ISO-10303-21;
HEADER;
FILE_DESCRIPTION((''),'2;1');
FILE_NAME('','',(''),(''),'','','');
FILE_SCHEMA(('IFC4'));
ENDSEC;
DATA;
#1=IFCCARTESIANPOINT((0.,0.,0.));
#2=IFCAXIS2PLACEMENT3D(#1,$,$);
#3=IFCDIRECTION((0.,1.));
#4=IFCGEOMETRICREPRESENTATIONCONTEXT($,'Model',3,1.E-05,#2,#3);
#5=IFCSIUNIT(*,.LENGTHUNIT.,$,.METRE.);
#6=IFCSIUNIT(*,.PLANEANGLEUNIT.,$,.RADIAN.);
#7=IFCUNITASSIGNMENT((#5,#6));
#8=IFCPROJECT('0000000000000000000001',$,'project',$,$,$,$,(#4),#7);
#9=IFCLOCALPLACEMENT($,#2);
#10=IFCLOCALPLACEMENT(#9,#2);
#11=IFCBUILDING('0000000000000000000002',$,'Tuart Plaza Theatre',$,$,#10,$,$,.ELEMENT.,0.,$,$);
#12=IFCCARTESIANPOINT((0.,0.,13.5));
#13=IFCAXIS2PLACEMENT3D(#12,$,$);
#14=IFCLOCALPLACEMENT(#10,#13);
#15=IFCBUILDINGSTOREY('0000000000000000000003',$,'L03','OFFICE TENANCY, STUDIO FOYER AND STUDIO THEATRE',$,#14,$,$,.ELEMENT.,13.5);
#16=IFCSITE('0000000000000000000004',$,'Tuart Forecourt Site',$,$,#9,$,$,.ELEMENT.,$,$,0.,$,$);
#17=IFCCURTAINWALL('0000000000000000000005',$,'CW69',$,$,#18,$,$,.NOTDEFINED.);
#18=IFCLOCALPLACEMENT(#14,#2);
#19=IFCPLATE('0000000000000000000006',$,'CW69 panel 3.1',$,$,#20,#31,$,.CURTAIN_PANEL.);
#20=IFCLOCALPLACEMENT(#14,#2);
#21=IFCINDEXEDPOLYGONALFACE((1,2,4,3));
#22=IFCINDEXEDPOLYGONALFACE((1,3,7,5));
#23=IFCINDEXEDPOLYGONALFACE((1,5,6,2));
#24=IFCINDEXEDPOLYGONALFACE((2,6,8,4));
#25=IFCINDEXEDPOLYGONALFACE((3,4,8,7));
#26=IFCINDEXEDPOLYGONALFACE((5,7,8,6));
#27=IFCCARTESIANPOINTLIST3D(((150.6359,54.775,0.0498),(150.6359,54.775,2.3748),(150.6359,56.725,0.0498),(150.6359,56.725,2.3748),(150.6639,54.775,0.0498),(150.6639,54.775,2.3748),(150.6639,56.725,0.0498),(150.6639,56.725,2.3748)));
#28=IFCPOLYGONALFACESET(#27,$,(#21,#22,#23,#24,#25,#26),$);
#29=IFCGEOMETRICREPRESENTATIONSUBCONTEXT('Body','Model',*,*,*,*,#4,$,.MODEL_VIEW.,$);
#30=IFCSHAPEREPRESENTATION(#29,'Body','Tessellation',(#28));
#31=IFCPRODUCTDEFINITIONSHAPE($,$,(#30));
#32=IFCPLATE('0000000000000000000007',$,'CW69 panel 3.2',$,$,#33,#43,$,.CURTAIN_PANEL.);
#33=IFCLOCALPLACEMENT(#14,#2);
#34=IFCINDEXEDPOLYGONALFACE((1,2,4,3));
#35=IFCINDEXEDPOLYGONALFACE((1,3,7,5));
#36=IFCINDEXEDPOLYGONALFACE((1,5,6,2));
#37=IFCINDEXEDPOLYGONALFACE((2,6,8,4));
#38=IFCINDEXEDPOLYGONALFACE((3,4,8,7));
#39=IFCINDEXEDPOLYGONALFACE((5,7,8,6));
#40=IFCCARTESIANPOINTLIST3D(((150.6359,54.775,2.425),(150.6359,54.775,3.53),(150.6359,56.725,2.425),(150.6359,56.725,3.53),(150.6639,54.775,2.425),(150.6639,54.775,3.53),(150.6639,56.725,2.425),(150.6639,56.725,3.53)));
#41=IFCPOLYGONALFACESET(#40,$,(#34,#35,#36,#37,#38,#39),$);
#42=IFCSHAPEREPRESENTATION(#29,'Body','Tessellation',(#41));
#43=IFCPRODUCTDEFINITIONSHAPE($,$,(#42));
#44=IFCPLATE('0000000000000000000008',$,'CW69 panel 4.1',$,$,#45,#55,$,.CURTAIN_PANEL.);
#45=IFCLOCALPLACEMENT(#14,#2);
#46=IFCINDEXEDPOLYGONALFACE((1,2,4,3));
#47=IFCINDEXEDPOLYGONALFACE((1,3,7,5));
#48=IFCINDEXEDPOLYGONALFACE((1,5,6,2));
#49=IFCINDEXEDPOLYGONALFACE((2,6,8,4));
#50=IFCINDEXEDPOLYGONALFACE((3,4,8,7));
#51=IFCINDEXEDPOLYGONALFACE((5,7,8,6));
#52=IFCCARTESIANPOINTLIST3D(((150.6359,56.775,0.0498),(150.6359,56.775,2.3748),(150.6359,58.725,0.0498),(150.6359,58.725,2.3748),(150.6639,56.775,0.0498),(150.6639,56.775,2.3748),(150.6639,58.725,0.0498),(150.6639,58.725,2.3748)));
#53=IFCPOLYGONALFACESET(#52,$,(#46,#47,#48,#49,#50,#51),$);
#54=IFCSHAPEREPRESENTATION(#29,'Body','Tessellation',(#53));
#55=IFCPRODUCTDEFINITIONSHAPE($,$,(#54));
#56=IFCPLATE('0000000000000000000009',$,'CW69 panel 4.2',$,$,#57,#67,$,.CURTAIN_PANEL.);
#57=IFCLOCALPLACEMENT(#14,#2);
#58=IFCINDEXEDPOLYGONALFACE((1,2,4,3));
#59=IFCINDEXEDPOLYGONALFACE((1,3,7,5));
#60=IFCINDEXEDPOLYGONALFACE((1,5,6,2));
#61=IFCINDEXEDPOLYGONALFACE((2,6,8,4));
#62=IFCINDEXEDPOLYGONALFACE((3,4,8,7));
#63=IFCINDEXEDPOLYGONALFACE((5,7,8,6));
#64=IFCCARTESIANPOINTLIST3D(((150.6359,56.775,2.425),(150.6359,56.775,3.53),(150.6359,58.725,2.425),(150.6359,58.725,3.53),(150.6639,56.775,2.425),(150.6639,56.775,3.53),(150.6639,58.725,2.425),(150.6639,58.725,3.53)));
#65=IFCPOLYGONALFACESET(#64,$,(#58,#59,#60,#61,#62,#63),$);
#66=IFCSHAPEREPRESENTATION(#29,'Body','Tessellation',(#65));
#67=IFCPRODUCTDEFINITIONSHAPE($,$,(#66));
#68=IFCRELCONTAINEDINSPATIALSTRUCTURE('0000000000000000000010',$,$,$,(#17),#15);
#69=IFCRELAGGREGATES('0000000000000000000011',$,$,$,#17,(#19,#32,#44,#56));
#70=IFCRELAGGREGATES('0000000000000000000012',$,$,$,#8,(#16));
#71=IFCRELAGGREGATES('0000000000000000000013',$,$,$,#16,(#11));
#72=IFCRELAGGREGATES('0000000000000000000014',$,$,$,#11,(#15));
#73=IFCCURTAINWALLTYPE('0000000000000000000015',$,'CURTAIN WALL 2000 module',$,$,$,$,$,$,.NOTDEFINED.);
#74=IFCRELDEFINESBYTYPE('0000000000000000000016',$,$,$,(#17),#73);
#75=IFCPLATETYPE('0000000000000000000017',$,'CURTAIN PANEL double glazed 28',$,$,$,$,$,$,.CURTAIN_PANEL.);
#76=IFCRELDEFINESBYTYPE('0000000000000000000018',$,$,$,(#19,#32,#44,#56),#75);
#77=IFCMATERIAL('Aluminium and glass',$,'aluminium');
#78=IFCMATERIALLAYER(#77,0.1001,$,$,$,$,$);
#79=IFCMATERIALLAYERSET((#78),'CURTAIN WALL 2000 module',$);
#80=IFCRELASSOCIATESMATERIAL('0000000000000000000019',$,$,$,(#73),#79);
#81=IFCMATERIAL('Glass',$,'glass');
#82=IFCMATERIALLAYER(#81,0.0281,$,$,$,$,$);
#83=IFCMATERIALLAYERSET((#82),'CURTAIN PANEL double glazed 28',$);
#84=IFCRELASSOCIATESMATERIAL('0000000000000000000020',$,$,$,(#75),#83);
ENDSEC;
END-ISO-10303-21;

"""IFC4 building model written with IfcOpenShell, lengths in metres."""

from ifc_helpers import new_model, si_unit, direction, frame, origin, origin_2d, place, context, subcontext, project, spatial, rectangle, extrude, material, layer, layer_set, type_object, element, aggregate, save


model = new_model("IFC4")

# Units and contexts
model_context = context("Model", 3, precision=1e-05, world=origin(), true_north=direction((0.0, 1.0)))
body_context = subcontext(model_context, "Body", "Model", "MODEL_VIEW")
ifc_project = project(units=[si_unit("LENGTHUNIT", "METRE"), si_unit("PLANEANGLEUNIT", "RADIAN")], contexts=[model_context])

# Site, building, storey
site_placement = place(None, origin())
site = spatial("IfcSite", under=ifc_project, at=site_placement, Name="Tuart Forecourt Site", CompositionType="ELEMENT", RefElevation=0.0)
building_placement = place(site_placement, origin())
building = spatial("IfcBuilding", under=site, at=building_placement, Name="Tuart Plaza Theatre", CompositionType="ELEMENT", ElevationOfRefHeight=0.0)
storey_placement = place(building_placement, frame((0.0, 0.0, 13.5)))
storey = spatial("IfcBuildingStorey", under=building, at=storey_placement, Name="L03", Description="OFFICE TENANCY, STUDIO FOYER AND STUDIO THEATRE", CompositionType="ELEMENT", Elevation=13.5)

# Curtain wall, plates
ifc_material_1 = material(Name="Aluminium and glass", Category="aluminium")
ifc_layer_1 = layer(ifc_material_1, 0.1001)
ifc_layer_set_1 = layer_set([ifc_layer_1], Name="CURTAIN WALL 2000 module")
curtain_wall_type = type_object("IfcCurtainWallType", Name="CURTAIN WALL 2000 module", PredefinedType="NOTDEFINED", material=ifc_layer_set_1)
curtain_wall_placement = place(storey_placement, origin())
curtain_wall = element("IfcCurtainWall", 1, at=curtain_wall_placement, inside=storey, type_object=curtain_wall_type, Name="CW69", PredefinedType="NOTDEFINED")
ifc_material_2 = material(Name="Glass", Category="glass")
ifc_layer_2 = layer(ifc_material_2, 0.0281)
ifc_layer_set_2 = layer_set([ifc_layer_2], Name="CURTAIN PANEL double glazed 28")
plate_type = type_object("IfcPlateType", Name="CURTAIN PANEL double glazed 28", PredefinedType="CURTAIN_PANEL", material=ifc_layer_set_2)
plate_1_placement = place(storey_placement, frame((150.6499, 55.75, 0.0498), z_axis=(0.0, 0.0, 1.0), x_axis=(0.0, 1.0, 0.0)))
plate_1 = element("IfcPlate", 2, at=plate_1_placement, type_object=plate_type, Name="CW69 panel 3.1", PredefinedType="CURTAIN_PANEL", context=body_context, shape_type="SweptSolid", body=[
    extrude(rectangle(XDim=1.95, YDim=0.0281, at=origin_2d()), origin(), (0.0, 0.0, 1.0), 2.325),
])
plate_2_placement = place(storey_placement, frame((150.6499, 55.75, 2.425), z_axis=(0.0, 0.0, 1.0), x_axis=(0.0, 1.0, 0.0)))
plate_2 = element("IfcPlate", 3, at=plate_2_placement, type_object=plate_type, Name="CW69 panel 3.2", PredefinedType="CURTAIN_PANEL", context=body_context, shape_type="SweptSolid", body=[
    extrude(rectangle(XDim=1.95, YDim=0.0281, at=origin_2d()), origin(), (0.0, 0.0, 1.0), 1.105),
])
plate_3_placement = place(storey_placement, frame((150.6499, 57.75, 0.0498), z_axis=(0.0, 0.0, 1.0), x_axis=(0.0, 1.0, 0.0)))
plate_3 = element("IfcPlate", 4, at=plate_3_placement, type_object=plate_type, Name="CW69 panel 4.1", PredefinedType="CURTAIN_PANEL", context=body_context, shape_type="SweptSolid", body=[
    extrude(rectangle(XDim=1.95, YDim=0.0281, at=origin_2d()), origin(), (0.0, 0.0, 1.0), 2.325),
])
plate_4_placement = place(storey_placement, frame((150.6499, 57.75, 2.425), z_axis=(0.0, 0.0, 1.0), x_axis=(0.0, 1.0, 0.0)))
plate_4 = element("IfcPlate", 5, at=plate_4_placement, type_object=plate_type, Name="CW69 panel 4.2", PredefinedType="CURTAIN_PANEL", context=body_context, shape_type="SweptSolid", body=[
    extrude(rectangle(XDim=1.95, YDim=0.0281, at=origin_2d()), origin(), (0.0, 0.0, 1.0), 1.105),
])
aggregate(curtain_wall, [plate_1, plate_2, plate_3, plate_4])

save(model, "model.ifc")
